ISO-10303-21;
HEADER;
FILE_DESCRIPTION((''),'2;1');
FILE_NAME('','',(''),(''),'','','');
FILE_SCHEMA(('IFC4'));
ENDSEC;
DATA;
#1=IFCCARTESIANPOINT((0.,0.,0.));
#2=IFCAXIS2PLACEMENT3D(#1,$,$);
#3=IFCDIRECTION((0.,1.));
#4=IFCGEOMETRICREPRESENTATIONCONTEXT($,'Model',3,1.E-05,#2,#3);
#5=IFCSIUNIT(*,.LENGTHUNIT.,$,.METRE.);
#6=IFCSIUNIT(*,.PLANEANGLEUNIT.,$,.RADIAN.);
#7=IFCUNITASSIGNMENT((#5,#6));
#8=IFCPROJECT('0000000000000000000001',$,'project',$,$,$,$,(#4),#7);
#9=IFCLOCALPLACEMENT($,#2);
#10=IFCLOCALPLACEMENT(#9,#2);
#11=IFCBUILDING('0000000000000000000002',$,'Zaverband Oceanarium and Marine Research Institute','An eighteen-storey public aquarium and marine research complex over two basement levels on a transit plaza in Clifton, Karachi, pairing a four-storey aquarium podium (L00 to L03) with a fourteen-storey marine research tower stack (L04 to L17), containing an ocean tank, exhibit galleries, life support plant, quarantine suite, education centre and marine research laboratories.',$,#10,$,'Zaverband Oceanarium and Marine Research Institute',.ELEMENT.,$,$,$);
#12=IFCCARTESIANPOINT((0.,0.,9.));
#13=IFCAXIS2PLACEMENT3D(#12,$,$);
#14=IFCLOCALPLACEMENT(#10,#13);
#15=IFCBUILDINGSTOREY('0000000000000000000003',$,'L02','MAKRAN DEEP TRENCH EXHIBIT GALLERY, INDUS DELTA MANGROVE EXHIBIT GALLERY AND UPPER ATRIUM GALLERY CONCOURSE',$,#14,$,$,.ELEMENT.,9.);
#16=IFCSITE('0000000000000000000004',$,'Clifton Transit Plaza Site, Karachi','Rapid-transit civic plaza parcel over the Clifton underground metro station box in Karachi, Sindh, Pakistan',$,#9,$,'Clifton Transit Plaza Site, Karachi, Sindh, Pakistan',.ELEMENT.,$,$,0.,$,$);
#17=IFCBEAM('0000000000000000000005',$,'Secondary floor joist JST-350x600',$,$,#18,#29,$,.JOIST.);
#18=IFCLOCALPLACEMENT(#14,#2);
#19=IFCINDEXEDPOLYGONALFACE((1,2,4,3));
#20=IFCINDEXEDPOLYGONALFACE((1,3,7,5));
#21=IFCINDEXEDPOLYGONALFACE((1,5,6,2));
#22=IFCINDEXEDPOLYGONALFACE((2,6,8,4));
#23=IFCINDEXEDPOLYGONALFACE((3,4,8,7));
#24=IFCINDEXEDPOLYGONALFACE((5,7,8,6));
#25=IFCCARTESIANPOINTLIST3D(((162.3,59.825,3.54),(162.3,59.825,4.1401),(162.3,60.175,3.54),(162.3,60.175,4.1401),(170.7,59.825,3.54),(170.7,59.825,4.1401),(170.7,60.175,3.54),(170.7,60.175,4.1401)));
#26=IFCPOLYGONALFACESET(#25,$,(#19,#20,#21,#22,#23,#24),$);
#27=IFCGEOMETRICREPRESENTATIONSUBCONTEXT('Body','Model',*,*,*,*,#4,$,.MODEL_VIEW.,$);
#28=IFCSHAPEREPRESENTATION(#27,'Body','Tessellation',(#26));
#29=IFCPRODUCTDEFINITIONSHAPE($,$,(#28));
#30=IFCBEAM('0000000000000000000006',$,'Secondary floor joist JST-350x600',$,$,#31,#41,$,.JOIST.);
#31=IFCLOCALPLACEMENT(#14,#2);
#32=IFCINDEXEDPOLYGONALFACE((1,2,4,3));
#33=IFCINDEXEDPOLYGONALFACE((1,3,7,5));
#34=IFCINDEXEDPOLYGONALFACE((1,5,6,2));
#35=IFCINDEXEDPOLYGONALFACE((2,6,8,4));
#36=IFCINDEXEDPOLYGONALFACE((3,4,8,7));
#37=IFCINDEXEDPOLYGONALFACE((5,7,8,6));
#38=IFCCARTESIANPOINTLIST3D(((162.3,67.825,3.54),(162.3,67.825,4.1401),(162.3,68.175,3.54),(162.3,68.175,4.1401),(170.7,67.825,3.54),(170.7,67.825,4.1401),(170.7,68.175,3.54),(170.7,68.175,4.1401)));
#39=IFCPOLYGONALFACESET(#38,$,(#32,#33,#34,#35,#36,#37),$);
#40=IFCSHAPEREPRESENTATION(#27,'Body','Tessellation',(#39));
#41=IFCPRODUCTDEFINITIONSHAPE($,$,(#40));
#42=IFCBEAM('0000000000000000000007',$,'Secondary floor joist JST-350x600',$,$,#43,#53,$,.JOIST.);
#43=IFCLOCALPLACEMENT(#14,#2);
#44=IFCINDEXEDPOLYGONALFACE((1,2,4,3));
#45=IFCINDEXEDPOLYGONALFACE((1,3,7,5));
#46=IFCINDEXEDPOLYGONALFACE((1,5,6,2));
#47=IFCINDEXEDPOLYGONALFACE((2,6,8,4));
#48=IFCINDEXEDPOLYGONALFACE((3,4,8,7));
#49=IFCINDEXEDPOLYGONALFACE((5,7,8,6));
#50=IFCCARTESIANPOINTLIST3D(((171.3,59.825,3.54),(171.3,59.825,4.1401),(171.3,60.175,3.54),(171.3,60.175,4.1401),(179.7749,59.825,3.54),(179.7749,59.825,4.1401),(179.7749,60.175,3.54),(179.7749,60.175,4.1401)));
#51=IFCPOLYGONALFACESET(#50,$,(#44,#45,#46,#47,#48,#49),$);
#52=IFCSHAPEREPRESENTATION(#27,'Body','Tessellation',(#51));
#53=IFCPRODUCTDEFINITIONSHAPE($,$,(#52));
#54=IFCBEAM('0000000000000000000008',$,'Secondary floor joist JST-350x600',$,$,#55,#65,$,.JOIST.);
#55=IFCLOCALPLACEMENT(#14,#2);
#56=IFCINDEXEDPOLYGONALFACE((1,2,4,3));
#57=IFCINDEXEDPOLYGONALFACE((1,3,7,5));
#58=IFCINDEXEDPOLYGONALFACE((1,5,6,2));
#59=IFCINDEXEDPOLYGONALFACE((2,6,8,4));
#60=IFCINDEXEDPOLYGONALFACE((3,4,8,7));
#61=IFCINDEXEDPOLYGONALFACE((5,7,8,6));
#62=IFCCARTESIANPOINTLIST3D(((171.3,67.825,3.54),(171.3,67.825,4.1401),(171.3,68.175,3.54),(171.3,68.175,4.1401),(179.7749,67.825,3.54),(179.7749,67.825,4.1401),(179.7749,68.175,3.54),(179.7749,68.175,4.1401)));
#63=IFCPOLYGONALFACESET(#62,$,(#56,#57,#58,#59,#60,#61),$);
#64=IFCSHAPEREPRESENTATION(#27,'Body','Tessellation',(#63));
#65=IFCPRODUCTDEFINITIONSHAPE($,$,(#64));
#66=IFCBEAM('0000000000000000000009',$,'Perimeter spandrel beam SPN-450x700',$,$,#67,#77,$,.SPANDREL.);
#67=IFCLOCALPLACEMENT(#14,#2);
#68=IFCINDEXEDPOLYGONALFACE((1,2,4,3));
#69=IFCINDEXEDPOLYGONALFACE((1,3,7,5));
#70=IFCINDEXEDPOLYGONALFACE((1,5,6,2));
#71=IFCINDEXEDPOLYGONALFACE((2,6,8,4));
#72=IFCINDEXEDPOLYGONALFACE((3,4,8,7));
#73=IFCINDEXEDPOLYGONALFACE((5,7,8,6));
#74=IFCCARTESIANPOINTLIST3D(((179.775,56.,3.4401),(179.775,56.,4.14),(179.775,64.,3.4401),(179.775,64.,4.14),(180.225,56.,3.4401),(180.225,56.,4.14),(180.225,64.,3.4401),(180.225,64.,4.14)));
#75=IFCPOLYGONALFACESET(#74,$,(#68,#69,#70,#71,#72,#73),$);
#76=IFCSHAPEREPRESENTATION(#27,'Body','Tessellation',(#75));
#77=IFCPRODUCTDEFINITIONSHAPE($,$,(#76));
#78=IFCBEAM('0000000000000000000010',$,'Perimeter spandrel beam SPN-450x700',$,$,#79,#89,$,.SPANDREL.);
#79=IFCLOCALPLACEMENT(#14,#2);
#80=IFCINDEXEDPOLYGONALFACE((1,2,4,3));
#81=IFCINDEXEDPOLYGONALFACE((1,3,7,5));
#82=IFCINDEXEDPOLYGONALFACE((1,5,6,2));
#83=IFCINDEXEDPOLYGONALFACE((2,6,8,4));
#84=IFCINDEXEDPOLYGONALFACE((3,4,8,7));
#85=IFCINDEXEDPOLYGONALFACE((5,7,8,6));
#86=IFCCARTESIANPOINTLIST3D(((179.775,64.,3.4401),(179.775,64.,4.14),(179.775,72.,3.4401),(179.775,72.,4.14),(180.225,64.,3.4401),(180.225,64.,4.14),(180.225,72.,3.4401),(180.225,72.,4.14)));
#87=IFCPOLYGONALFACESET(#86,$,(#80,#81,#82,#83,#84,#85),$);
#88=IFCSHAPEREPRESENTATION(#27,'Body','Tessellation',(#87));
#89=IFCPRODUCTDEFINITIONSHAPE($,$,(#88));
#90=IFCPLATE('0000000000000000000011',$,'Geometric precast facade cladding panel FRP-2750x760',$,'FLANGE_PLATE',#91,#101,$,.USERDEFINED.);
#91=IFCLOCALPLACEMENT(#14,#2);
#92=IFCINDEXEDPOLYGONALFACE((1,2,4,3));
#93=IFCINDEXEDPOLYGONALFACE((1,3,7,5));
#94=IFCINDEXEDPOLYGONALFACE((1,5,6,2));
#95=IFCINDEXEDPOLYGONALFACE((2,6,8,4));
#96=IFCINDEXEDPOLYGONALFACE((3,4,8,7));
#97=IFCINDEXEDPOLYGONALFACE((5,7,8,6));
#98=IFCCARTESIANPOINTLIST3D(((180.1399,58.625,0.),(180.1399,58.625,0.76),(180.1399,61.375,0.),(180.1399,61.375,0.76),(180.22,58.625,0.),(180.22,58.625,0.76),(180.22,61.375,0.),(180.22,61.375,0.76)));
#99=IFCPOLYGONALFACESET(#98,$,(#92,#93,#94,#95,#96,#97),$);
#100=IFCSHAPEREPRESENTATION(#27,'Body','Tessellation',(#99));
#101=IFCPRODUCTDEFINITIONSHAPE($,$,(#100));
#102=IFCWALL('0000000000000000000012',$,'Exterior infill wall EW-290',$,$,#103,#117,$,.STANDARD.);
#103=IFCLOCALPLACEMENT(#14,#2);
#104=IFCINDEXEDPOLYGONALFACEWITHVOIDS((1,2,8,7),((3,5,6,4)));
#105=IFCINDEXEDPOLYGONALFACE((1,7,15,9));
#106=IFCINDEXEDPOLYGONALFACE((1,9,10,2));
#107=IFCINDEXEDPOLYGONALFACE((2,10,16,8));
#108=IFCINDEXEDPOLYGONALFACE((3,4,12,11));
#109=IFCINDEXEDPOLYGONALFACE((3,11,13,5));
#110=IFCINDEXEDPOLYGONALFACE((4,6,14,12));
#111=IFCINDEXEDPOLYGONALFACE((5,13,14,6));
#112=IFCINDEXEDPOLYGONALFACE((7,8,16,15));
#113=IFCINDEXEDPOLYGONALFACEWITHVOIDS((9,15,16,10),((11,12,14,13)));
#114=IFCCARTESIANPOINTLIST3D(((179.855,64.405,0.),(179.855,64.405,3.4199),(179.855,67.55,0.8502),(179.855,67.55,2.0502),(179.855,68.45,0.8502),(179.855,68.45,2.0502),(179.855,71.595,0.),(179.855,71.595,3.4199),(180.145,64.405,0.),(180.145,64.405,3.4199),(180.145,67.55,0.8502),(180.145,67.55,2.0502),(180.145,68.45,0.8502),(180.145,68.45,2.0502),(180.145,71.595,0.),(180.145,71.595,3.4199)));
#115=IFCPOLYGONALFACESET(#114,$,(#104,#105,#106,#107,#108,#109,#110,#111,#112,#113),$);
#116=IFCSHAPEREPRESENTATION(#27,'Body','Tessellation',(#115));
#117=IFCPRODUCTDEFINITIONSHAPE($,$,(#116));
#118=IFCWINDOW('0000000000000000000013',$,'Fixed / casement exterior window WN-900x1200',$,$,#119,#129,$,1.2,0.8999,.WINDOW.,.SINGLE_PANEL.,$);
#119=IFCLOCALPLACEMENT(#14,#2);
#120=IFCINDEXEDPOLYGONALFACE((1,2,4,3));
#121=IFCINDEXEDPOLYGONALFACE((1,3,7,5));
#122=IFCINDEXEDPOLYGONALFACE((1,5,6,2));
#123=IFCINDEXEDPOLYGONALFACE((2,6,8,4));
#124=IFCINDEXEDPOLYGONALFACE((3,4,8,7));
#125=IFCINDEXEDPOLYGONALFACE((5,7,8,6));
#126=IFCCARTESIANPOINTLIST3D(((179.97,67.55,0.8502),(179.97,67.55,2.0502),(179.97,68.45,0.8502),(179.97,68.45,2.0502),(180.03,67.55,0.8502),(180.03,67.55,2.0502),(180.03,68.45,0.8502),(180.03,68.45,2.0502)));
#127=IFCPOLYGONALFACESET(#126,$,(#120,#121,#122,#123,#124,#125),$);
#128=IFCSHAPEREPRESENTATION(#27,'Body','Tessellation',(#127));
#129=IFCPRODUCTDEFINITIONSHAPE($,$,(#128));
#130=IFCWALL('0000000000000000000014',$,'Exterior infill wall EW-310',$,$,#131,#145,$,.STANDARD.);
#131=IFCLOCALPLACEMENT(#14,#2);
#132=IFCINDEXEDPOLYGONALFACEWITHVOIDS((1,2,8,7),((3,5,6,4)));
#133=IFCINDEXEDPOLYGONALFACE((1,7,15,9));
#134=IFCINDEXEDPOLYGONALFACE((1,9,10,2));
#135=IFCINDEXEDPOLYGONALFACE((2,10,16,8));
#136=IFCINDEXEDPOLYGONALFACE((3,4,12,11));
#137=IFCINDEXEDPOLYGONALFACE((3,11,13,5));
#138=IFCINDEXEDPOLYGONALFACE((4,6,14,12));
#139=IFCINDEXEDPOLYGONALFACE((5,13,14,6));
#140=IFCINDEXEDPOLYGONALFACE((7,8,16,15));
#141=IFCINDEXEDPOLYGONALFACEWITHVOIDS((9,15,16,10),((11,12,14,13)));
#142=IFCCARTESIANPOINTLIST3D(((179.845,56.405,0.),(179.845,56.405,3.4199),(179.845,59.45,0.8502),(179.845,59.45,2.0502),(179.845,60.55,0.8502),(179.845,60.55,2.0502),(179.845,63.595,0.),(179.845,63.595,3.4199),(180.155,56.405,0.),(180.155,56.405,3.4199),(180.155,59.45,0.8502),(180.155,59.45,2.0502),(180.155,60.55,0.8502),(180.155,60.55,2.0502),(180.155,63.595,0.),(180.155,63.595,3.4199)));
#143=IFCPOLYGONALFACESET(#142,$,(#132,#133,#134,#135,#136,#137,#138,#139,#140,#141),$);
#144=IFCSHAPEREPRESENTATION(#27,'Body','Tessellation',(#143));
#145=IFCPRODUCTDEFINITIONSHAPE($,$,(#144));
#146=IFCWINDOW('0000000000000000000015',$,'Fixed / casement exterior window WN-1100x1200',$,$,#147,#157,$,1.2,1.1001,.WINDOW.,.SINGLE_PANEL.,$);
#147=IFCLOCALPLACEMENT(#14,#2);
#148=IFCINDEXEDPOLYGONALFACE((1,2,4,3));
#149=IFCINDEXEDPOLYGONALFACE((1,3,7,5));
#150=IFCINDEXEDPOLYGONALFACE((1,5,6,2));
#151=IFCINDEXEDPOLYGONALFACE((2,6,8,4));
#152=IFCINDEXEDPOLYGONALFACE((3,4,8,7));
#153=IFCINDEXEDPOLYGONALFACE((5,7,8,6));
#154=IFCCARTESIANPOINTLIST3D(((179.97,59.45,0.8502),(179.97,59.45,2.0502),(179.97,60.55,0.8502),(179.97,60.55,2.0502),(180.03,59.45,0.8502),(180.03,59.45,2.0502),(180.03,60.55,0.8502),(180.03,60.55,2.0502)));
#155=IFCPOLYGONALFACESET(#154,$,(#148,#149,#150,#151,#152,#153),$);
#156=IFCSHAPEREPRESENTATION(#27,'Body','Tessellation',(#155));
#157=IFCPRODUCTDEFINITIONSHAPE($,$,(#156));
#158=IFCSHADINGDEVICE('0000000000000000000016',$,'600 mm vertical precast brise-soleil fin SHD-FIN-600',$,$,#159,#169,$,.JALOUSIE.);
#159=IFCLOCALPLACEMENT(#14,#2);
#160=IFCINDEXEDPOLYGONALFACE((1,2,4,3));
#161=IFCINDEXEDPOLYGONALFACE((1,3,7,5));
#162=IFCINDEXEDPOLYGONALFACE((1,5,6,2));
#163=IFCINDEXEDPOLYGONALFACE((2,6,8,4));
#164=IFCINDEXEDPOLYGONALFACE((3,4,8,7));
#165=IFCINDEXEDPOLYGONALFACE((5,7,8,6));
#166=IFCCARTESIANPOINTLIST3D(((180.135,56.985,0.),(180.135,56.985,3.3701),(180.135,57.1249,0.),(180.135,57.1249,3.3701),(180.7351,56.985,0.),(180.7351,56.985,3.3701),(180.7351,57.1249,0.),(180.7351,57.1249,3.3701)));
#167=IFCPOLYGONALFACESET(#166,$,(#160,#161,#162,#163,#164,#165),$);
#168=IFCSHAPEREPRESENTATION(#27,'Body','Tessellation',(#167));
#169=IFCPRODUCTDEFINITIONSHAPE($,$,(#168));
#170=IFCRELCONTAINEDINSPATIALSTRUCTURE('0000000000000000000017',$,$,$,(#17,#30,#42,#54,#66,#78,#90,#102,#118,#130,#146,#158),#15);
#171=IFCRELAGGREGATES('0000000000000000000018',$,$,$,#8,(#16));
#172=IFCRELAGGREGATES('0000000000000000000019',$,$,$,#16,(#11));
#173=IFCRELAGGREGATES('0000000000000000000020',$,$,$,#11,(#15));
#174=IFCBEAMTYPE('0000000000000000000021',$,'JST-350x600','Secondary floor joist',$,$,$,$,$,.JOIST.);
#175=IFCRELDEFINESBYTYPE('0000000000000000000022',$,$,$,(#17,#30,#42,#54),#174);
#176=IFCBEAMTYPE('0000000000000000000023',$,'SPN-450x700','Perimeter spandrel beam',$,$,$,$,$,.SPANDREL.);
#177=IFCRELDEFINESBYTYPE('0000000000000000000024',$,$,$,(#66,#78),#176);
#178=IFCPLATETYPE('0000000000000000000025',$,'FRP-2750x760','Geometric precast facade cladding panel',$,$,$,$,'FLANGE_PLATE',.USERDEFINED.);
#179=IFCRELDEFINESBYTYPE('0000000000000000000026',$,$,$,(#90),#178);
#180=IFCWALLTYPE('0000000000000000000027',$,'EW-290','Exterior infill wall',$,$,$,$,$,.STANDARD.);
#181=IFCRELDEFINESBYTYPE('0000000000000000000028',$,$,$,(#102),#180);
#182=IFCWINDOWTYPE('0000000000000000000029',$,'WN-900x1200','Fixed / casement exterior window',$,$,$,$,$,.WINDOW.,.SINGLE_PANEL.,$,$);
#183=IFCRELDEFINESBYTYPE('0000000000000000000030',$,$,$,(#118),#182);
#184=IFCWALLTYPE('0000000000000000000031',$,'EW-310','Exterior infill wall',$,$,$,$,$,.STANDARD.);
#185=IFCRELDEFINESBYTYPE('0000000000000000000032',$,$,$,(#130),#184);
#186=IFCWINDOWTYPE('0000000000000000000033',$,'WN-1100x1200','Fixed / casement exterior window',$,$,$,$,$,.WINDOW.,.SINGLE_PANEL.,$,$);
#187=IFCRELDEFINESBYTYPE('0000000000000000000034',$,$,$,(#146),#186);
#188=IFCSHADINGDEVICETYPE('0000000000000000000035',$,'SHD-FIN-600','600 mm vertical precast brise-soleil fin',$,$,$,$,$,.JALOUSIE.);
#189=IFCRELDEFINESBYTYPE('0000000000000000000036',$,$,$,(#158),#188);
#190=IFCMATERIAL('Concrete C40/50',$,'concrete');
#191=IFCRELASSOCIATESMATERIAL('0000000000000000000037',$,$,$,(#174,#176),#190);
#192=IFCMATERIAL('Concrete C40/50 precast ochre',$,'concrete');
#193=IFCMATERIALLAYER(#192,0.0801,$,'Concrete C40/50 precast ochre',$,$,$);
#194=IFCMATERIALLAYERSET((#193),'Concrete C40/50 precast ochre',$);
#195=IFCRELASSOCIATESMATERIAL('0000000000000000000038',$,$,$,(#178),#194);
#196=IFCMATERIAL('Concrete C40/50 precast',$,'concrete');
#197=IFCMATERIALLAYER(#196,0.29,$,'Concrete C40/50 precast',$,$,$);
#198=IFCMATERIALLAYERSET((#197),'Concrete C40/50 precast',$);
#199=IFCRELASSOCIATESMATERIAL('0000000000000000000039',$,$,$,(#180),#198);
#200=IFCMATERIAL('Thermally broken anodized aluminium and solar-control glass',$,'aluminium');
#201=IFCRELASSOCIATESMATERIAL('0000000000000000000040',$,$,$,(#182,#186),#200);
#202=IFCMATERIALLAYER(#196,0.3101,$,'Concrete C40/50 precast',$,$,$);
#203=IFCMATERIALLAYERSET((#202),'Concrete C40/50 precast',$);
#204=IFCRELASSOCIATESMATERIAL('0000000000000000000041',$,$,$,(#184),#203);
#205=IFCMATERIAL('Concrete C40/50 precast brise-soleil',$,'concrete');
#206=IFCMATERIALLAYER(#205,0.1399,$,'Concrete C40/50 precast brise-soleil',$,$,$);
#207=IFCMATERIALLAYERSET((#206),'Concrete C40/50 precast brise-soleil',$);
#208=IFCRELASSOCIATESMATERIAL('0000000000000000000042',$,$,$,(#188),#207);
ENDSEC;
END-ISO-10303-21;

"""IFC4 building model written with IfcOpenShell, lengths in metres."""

from ifc_helpers import new_model, si_unit, direction, frame, frame_2d, origin, origin_2d, place, context, subcontext, project, spatial, rectangle, extrude, material, layer, layer_set, material_profile, profile_set, type_object, element, fill, save


model = new_model("IFC4")

# Units and contexts
model_context = context("Model", 3, precision=1e-05, world=origin(), true_north=direction((0.0, 1.0)))
body_context = subcontext(model_context, "Body", "Model", "MODEL_VIEW")
ifc_project = project(units=[si_unit("LENGTHUNIT", "METRE"), si_unit("PLANEANGLEUNIT", "RADIAN")], contexts=[model_context])

# Site, building, storey
site_placement = place(None, origin())
site = spatial("IfcSite", under=ifc_project, at=site_placement, Name="Clifton Transit Plaza Site, Karachi", Description="Rapid-transit civic plaza parcel over the Clifton underground metro station box in Karachi, Sindh, Pakistan", LongName="Clifton Transit Plaza Site, Karachi, Sindh, Pakistan", CompositionType="ELEMENT", RefElevation=0.0)
building_placement = place(site_placement, origin())
building = spatial("IfcBuilding", under=site, at=building_placement, Name="Zaverband Oceanarium and Marine Research Institute", Description="An eighteen-storey public aquarium and marine research complex over two basement levels on a transit plaza in Clifton, Karachi, pairing a four-storey aquarium podium (L00 to L03) with a fourteen-storey marine research tower stack (L04 to L17), containing an ocean tank, exhibit galleries, life support plant, quarantine suite, education centre and marine research laboratories.", LongName="Zaverband Oceanarium and Marine Research Institute", CompositionType="ELEMENT")
storey_placement = place(building_placement, frame((0.0, 0.0, 9.0)))
storey = spatial("IfcBuildingStorey", under=building, at=storey_placement, Name="L02", Description="MAKRAN DEEP TRENCH EXHIBIT GALLERY, INDUS DELTA MANGROVE EXHIBIT GALLERY AND UPPER ATRIUM GALLERY CONCOURSE", CompositionType="ELEMENT", Elevation=9.0)

# Beams
ifc_material_1 = material(Name="Concrete C40/50", Category="concrete")
ifc_material_profile_1 = material_profile(ifc_material_1, rectangle(XDim=0.3501, YDim=0.6001, at=origin_2d()), Name="RC350x600")
ifc_profile_set_1 = profile_set([ifc_material_profile_1], Name="Concrete C40/50")
beam_type_1 = type_object("IfcBeamType", Name="JST-350x600", Description="Secondary floor joist", PredefinedType="JOIST", material=ifc_profile_set_1)
for number, where, z_axis, x_axis, name in (
    (1, (162.3, 60.0, 3.8401), (1.0, 0.0, 0.0), (0.0, 1.0, 0.0), "Secondary floor joist JST-350x600"),
    (2, (162.3, 68.0, 3.8401), (1.0, 0.0, 0.0), (0.0, 1.0, 0.0), "Secondary floor joist JST-350x600"),
):
    element("IfcBeam", number, at=place(storey_placement, frame(where, z_axis=z_axis, x_axis=x_axis)), inside=storey, type_object=beam_type_1, Name=name, PredefinedType="JOIST", context=body_context, shape_type="SweptSolid", body=[
        extrude(rectangle(XDim=0.3501, YDim=0.6001, at=origin_2d()), origin(), (0.0, 0.0, 1.0), 8.3999),
    ])
for number, where, z_axis, x_axis, name in (
    (3, (171.3, 60.0, 3.8401), (1.0, 0.0, 0.0), (0.0, 1.0, 0.0), "Secondary floor joist JST-350x600"),
    (4, (171.3, 68.0, 3.8401), (1.0, 0.0, 0.0), (0.0, 1.0, 0.0), "Secondary floor joist JST-350x600"),
):
    element("IfcBeam", number, at=place(storey_placement, frame(where, z_axis=z_axis, x_axis=x_axis)), inside=storey, type_object=beam_type_1, Name=name, PredefinedType="JOIST", context=body_context, shape_type="SweptSolid", body=[
        extrude(rectangle(XDim=0.3501, YDim=0.6001, at=origin_2d()), origin(), (0.0, 0.0, 1.0), 8.4749),
    ])
ifc_material_profile_2 = material_profile(ifc_material_1, rectangle(XDim=0.45, YDim=0.7, at=origin_2d()), Name="RC450x700")
ifc_profile_set_2 = profile_set([ifc_material_profile_2], Name="Concrete C40/50")
beam_type_2 = type_object("IfcBeamType", Name="SPN-450x700", Description="Perimeter spandrel beam", PredefinedType="SPANDREL", material=ifc_profile_set_2)
for number, where, z_axis, x_axis, name in (
    (5, (180.0, 56.0, 3.79), (0.0, 1.0, 0.0), (-1.0, 0.0, 0.0), "Perimeter spandrel beam SPN-450x700"),
    (6, (180.0, 64.0, 3.79), (0.0, 1.0, 0.0), (-1.0, 0.0, 0.0), "Perimeter spandrel beam SPN-450x700"),
):
    element("IfcBeam", number, at=place(storey_placement, frame(where, z_axis=z_axis, x_axis=x_axis)), inside=storey, type_object=beam_type_2, Name=name, PredefinedType="SPANDREL", context=body_context, shape_type="SweptSolid", body=[
        extrude(rectangle(XDim=0.45, YDim=0.7, at=origin_2d()), origin(), (0.0, 0.0, 1.0), 8.0),
    ])

# Plate
ifc_material_2 = material(Name="Concrete C40/50 precast ochre", Category="concrete")
ifc_layer_1 = layer(ifc_material_2, 0.0801, Name="Concrete C40/50 precast ochre")
ifc_layer_set_1 = layer_set([ifc_layer_1], Name="Concrete C40/50 precast ochre")
plate_type = type_object("IfcPlateType", Name="FRP-2750x760", Description="Geometric precast facade cladding panel", ElementType="FLANGE_PLATE", PredefinedType="USERDEFINED", material=ifc_layer_set_1)
plate_placement = place(storey_placement, frame((180.1799, 58.625, 0.0), z_axis=(0.0, 0.0, 1.0), x_axis=(0.0, 1.0, 0.0)))
element("IfcPlate", 7, at=plate_placement, inside=storey, type_object=plate_type, Name="Geometric precast facade cladding panel FRP-2750x760", ObjectType="FLANGE_PLATE", PredefinedType="USERDEFINED", context=body_context, shape_type="SweptSolid", body=[
    extrude(rectangle(XDim=2.75, YDim=0.0801, at=frame_2d((1.375, 0.0))), origin(), (0.0, 0.0, 1.0), 0.76),
])

# Walls, openings, windows
ifc_material_3 = material(Name="Concrete C40/50 precast", Category="concrete")
ifc_layer_2 = layer(ifc_material_3, 0.29, Name="Concrete C40/50 precast")
ifc_layer_set_2 = layer_set([ifc_layer_2], Name="Concrete C40/50 precast")
wall_type_1 = type_object("IfcWallType", Name="EW-290", Description="Exterior infill wall", PredefinedType="STANDARD", material=ifc_layer_set_2)
wall_1_placement = place(storey_placement, frame((180.0, 64.405, 0.0), z_axis=(0.0, 0.0, 1.0), x_axis=(0.0, 1.0, 0.0)))
wall_1 = element("IfcWall", 8, at=wall_1_placement, inside=storey, type_object=wall_type_1, Name="Exterior infill wall EW-290", PredefinedType="STANDARD", context=body_context, shape_type="SweptSolid", body=[
    extrude(rectangle(XDim=7.1899, YDim=0.29, at=frame_2d((3.595, 0.0))), origin(), (0.0, 0.0, 1.0), 3.4199),
])
opening_1_placement = place(wall_1_placement, frame((3.145, 0.0, 0.8501)))
opening_1 = element("IfcOpeningElement", 9, at=opening_1_placement, cuts=wall_1, PredefinedType="OPENING", context=body_context, shape_type="SweptSolid", body=[
    extrude(rectangle(XDim=0.8999, YDim=1.2, at=frame_2d((0.45, 0.6001))), frame((0.0, 0.157, 0.0), z_axis=(0.0, -1.0, 0.0), x_axis=(1.0, 0.0, 0.0)), (0.0, 0.0, 1.0), 0.314),
])
ifc_material_4 = material(Name="Thermally broken anodized aluminium and solar-control glass", Category="aluminium")
window_type_1 = type_object("IfcWindowType", Name="WN-900x1200", Description="Fixed / casement exterior window", PartitioningType="SINGLE_PANEL", PredefinedType="WINDOW", material=ifc_material_4)
window_1_placement = place(opening_1_placement, origin())
window_1 = element("IfcWindow", 10, at=window_1_placement, inside=storey, type_object=window_type_1, Name="Fixed / casement exterior window WN-900x1200", OverallHeight=1.2, OverallWidth=0.8999, PartitioningType="SINGLE_PANEL", PredefinedType="WINDOW", context=body_context, shape_type="SweptSolid", body=[
    extrude(rectangle(XDim=0.8999, YDim=1.2, at=frame_2d((0.45, 0.6001))), frame((0.0, 0.03, 0.0), z_axis=(0.0, -1.0, 0.0), x_axis=(1.0, 0.0, 0.0)), (0.0, 0.0, 1.0), 0.0601),
])
fill(opening_1, window_1)
ifc_layer_3 = layer(ifc_material_3, 0.3101, Name="Concrete C40/50 precast")
ifc_layer_set_3 = layer_set([ifc_layer_3], Name="Concrete C40/50 precast")
wall_type_2 = type_object("IfcWallType", Name="EW-310", Description="Exterior infill wall", PredefinedType="STANDARD", material=ifc_layer_set_3)
wall_2_placement = place(storey_placement, frame((180.0, 56.405, 0.0), z_axis=(0.0, 0.0, 1.0), x_axis=(0.0, 1.0, 0.0)))
wall_2 = element("IfcWall", 11, at=wall_2_placement, inside=storey, type_object=wall_type_2, Name="Exterior infill wall EW-310", PredefinedType="STANDARD", context=body_context, shape_type="SweptSolid", body=[
    extrude(rectangle(XDim=7.1899, YDim=0.3101, at=frame_2d((3.595, 0.0))), origin(), (0.0, 0.0, 1.0), 3.4199),
])
opening_2_placement = place(wall_2_placement, frame((3.0449, 0.0, 0.8501)))
opening_2 = element("IfcOpeningElement", 12, at=opening_2_placement, cuts=wall_2, PredefinedType="OPENING", context=body_context, shape_type="SweptSolid", body=[
    extrude(rectangle(XDim=1.1001, YDim=1.2, at=frame_2d((0.55, 0.6001))), frame((0.0, 0.167, 0.0), z_axis=(0.0, -1.0, 0.0), x_axis=(1.0, 0.0, 0.0)), (0.0, 0.0, 1.0), 0.334),
])
window_type_2 = type_object("IfcWindowType", Name="WN-1100x1200", Description="Fixed / casement exterior window", PartitioningType="SINGLE_PANEL", PredefinedType="WINDOW", material=ifc_material_4)
window_2_placement = place(opening_2_placement, origin())
window_2 = element("IfcWindow", 13, at=window_2_placement, inside=storey, type_object=window_type_2, Name="Fixed / casement exterior window WN-1100x1200", OverallHeight=1.2, OverallWidth=1.1001, PartitioningType="SINGLE_PANEL", PredefinedType="WINDOW", context=body_context, shape_type="SweptSolid", body=[
    extrude(rectangle(XDim=1.1001, YDim=1.2, at=frame_2d((0.55, 0.6001))), frame((0.0, 0.03, 0.0), z_axis=(0.0, -1.0, 0.0), x_axis=(1.0, 0.0, 0.0)), (0.0, 0.0, 1.0), 0.0601),
])
fill(opening_2, window_2)

# Shading device
ifc_material_5 = material(Name="Concrete C40/50 precast brise-soleil", Category="concrete")
ifc_layer_4 = layer(ifc_material_5, 0.1399, Name="Concrete C40/50 precast brise-soleil")
ifc_layer_set_4 = layer_set([ifc_layer_4], Name="Concrete C40/50 precast brise-soleil")
shading_device_type = type_object("IfcShadingDeviceType", Name="SHD-FIN-600", Description="600 mm vertical precast brise-soleil fin", PredefinedType="JALOUSIE", material=ifc_layer_set_4)
shading_device_placement = place(storey_placement, frame((180.135, 57.0549, 0.0), z_axis=(0.0, 0.0, 1.0), x_axis=(1.0, 0.0, 0.0)))
element("IfcShadingDevice", 14, at=shading_device_placement, inside=storey, type_object=shading_device_type, Name="600 mm vertical precast brise-soleil fin SHD-FIN-600", PredefinedType="JALOUSIE", context=body_context, shape_type="SweptSolid", body=[
    extrude(rectangle(XDim=0.6001, YDim=0.1399, at=frame_2d((0.3, 0.0))), origin(), (0.0, 0.0, 1.0), 3.3701),
])

save(model, "model.ifc")
